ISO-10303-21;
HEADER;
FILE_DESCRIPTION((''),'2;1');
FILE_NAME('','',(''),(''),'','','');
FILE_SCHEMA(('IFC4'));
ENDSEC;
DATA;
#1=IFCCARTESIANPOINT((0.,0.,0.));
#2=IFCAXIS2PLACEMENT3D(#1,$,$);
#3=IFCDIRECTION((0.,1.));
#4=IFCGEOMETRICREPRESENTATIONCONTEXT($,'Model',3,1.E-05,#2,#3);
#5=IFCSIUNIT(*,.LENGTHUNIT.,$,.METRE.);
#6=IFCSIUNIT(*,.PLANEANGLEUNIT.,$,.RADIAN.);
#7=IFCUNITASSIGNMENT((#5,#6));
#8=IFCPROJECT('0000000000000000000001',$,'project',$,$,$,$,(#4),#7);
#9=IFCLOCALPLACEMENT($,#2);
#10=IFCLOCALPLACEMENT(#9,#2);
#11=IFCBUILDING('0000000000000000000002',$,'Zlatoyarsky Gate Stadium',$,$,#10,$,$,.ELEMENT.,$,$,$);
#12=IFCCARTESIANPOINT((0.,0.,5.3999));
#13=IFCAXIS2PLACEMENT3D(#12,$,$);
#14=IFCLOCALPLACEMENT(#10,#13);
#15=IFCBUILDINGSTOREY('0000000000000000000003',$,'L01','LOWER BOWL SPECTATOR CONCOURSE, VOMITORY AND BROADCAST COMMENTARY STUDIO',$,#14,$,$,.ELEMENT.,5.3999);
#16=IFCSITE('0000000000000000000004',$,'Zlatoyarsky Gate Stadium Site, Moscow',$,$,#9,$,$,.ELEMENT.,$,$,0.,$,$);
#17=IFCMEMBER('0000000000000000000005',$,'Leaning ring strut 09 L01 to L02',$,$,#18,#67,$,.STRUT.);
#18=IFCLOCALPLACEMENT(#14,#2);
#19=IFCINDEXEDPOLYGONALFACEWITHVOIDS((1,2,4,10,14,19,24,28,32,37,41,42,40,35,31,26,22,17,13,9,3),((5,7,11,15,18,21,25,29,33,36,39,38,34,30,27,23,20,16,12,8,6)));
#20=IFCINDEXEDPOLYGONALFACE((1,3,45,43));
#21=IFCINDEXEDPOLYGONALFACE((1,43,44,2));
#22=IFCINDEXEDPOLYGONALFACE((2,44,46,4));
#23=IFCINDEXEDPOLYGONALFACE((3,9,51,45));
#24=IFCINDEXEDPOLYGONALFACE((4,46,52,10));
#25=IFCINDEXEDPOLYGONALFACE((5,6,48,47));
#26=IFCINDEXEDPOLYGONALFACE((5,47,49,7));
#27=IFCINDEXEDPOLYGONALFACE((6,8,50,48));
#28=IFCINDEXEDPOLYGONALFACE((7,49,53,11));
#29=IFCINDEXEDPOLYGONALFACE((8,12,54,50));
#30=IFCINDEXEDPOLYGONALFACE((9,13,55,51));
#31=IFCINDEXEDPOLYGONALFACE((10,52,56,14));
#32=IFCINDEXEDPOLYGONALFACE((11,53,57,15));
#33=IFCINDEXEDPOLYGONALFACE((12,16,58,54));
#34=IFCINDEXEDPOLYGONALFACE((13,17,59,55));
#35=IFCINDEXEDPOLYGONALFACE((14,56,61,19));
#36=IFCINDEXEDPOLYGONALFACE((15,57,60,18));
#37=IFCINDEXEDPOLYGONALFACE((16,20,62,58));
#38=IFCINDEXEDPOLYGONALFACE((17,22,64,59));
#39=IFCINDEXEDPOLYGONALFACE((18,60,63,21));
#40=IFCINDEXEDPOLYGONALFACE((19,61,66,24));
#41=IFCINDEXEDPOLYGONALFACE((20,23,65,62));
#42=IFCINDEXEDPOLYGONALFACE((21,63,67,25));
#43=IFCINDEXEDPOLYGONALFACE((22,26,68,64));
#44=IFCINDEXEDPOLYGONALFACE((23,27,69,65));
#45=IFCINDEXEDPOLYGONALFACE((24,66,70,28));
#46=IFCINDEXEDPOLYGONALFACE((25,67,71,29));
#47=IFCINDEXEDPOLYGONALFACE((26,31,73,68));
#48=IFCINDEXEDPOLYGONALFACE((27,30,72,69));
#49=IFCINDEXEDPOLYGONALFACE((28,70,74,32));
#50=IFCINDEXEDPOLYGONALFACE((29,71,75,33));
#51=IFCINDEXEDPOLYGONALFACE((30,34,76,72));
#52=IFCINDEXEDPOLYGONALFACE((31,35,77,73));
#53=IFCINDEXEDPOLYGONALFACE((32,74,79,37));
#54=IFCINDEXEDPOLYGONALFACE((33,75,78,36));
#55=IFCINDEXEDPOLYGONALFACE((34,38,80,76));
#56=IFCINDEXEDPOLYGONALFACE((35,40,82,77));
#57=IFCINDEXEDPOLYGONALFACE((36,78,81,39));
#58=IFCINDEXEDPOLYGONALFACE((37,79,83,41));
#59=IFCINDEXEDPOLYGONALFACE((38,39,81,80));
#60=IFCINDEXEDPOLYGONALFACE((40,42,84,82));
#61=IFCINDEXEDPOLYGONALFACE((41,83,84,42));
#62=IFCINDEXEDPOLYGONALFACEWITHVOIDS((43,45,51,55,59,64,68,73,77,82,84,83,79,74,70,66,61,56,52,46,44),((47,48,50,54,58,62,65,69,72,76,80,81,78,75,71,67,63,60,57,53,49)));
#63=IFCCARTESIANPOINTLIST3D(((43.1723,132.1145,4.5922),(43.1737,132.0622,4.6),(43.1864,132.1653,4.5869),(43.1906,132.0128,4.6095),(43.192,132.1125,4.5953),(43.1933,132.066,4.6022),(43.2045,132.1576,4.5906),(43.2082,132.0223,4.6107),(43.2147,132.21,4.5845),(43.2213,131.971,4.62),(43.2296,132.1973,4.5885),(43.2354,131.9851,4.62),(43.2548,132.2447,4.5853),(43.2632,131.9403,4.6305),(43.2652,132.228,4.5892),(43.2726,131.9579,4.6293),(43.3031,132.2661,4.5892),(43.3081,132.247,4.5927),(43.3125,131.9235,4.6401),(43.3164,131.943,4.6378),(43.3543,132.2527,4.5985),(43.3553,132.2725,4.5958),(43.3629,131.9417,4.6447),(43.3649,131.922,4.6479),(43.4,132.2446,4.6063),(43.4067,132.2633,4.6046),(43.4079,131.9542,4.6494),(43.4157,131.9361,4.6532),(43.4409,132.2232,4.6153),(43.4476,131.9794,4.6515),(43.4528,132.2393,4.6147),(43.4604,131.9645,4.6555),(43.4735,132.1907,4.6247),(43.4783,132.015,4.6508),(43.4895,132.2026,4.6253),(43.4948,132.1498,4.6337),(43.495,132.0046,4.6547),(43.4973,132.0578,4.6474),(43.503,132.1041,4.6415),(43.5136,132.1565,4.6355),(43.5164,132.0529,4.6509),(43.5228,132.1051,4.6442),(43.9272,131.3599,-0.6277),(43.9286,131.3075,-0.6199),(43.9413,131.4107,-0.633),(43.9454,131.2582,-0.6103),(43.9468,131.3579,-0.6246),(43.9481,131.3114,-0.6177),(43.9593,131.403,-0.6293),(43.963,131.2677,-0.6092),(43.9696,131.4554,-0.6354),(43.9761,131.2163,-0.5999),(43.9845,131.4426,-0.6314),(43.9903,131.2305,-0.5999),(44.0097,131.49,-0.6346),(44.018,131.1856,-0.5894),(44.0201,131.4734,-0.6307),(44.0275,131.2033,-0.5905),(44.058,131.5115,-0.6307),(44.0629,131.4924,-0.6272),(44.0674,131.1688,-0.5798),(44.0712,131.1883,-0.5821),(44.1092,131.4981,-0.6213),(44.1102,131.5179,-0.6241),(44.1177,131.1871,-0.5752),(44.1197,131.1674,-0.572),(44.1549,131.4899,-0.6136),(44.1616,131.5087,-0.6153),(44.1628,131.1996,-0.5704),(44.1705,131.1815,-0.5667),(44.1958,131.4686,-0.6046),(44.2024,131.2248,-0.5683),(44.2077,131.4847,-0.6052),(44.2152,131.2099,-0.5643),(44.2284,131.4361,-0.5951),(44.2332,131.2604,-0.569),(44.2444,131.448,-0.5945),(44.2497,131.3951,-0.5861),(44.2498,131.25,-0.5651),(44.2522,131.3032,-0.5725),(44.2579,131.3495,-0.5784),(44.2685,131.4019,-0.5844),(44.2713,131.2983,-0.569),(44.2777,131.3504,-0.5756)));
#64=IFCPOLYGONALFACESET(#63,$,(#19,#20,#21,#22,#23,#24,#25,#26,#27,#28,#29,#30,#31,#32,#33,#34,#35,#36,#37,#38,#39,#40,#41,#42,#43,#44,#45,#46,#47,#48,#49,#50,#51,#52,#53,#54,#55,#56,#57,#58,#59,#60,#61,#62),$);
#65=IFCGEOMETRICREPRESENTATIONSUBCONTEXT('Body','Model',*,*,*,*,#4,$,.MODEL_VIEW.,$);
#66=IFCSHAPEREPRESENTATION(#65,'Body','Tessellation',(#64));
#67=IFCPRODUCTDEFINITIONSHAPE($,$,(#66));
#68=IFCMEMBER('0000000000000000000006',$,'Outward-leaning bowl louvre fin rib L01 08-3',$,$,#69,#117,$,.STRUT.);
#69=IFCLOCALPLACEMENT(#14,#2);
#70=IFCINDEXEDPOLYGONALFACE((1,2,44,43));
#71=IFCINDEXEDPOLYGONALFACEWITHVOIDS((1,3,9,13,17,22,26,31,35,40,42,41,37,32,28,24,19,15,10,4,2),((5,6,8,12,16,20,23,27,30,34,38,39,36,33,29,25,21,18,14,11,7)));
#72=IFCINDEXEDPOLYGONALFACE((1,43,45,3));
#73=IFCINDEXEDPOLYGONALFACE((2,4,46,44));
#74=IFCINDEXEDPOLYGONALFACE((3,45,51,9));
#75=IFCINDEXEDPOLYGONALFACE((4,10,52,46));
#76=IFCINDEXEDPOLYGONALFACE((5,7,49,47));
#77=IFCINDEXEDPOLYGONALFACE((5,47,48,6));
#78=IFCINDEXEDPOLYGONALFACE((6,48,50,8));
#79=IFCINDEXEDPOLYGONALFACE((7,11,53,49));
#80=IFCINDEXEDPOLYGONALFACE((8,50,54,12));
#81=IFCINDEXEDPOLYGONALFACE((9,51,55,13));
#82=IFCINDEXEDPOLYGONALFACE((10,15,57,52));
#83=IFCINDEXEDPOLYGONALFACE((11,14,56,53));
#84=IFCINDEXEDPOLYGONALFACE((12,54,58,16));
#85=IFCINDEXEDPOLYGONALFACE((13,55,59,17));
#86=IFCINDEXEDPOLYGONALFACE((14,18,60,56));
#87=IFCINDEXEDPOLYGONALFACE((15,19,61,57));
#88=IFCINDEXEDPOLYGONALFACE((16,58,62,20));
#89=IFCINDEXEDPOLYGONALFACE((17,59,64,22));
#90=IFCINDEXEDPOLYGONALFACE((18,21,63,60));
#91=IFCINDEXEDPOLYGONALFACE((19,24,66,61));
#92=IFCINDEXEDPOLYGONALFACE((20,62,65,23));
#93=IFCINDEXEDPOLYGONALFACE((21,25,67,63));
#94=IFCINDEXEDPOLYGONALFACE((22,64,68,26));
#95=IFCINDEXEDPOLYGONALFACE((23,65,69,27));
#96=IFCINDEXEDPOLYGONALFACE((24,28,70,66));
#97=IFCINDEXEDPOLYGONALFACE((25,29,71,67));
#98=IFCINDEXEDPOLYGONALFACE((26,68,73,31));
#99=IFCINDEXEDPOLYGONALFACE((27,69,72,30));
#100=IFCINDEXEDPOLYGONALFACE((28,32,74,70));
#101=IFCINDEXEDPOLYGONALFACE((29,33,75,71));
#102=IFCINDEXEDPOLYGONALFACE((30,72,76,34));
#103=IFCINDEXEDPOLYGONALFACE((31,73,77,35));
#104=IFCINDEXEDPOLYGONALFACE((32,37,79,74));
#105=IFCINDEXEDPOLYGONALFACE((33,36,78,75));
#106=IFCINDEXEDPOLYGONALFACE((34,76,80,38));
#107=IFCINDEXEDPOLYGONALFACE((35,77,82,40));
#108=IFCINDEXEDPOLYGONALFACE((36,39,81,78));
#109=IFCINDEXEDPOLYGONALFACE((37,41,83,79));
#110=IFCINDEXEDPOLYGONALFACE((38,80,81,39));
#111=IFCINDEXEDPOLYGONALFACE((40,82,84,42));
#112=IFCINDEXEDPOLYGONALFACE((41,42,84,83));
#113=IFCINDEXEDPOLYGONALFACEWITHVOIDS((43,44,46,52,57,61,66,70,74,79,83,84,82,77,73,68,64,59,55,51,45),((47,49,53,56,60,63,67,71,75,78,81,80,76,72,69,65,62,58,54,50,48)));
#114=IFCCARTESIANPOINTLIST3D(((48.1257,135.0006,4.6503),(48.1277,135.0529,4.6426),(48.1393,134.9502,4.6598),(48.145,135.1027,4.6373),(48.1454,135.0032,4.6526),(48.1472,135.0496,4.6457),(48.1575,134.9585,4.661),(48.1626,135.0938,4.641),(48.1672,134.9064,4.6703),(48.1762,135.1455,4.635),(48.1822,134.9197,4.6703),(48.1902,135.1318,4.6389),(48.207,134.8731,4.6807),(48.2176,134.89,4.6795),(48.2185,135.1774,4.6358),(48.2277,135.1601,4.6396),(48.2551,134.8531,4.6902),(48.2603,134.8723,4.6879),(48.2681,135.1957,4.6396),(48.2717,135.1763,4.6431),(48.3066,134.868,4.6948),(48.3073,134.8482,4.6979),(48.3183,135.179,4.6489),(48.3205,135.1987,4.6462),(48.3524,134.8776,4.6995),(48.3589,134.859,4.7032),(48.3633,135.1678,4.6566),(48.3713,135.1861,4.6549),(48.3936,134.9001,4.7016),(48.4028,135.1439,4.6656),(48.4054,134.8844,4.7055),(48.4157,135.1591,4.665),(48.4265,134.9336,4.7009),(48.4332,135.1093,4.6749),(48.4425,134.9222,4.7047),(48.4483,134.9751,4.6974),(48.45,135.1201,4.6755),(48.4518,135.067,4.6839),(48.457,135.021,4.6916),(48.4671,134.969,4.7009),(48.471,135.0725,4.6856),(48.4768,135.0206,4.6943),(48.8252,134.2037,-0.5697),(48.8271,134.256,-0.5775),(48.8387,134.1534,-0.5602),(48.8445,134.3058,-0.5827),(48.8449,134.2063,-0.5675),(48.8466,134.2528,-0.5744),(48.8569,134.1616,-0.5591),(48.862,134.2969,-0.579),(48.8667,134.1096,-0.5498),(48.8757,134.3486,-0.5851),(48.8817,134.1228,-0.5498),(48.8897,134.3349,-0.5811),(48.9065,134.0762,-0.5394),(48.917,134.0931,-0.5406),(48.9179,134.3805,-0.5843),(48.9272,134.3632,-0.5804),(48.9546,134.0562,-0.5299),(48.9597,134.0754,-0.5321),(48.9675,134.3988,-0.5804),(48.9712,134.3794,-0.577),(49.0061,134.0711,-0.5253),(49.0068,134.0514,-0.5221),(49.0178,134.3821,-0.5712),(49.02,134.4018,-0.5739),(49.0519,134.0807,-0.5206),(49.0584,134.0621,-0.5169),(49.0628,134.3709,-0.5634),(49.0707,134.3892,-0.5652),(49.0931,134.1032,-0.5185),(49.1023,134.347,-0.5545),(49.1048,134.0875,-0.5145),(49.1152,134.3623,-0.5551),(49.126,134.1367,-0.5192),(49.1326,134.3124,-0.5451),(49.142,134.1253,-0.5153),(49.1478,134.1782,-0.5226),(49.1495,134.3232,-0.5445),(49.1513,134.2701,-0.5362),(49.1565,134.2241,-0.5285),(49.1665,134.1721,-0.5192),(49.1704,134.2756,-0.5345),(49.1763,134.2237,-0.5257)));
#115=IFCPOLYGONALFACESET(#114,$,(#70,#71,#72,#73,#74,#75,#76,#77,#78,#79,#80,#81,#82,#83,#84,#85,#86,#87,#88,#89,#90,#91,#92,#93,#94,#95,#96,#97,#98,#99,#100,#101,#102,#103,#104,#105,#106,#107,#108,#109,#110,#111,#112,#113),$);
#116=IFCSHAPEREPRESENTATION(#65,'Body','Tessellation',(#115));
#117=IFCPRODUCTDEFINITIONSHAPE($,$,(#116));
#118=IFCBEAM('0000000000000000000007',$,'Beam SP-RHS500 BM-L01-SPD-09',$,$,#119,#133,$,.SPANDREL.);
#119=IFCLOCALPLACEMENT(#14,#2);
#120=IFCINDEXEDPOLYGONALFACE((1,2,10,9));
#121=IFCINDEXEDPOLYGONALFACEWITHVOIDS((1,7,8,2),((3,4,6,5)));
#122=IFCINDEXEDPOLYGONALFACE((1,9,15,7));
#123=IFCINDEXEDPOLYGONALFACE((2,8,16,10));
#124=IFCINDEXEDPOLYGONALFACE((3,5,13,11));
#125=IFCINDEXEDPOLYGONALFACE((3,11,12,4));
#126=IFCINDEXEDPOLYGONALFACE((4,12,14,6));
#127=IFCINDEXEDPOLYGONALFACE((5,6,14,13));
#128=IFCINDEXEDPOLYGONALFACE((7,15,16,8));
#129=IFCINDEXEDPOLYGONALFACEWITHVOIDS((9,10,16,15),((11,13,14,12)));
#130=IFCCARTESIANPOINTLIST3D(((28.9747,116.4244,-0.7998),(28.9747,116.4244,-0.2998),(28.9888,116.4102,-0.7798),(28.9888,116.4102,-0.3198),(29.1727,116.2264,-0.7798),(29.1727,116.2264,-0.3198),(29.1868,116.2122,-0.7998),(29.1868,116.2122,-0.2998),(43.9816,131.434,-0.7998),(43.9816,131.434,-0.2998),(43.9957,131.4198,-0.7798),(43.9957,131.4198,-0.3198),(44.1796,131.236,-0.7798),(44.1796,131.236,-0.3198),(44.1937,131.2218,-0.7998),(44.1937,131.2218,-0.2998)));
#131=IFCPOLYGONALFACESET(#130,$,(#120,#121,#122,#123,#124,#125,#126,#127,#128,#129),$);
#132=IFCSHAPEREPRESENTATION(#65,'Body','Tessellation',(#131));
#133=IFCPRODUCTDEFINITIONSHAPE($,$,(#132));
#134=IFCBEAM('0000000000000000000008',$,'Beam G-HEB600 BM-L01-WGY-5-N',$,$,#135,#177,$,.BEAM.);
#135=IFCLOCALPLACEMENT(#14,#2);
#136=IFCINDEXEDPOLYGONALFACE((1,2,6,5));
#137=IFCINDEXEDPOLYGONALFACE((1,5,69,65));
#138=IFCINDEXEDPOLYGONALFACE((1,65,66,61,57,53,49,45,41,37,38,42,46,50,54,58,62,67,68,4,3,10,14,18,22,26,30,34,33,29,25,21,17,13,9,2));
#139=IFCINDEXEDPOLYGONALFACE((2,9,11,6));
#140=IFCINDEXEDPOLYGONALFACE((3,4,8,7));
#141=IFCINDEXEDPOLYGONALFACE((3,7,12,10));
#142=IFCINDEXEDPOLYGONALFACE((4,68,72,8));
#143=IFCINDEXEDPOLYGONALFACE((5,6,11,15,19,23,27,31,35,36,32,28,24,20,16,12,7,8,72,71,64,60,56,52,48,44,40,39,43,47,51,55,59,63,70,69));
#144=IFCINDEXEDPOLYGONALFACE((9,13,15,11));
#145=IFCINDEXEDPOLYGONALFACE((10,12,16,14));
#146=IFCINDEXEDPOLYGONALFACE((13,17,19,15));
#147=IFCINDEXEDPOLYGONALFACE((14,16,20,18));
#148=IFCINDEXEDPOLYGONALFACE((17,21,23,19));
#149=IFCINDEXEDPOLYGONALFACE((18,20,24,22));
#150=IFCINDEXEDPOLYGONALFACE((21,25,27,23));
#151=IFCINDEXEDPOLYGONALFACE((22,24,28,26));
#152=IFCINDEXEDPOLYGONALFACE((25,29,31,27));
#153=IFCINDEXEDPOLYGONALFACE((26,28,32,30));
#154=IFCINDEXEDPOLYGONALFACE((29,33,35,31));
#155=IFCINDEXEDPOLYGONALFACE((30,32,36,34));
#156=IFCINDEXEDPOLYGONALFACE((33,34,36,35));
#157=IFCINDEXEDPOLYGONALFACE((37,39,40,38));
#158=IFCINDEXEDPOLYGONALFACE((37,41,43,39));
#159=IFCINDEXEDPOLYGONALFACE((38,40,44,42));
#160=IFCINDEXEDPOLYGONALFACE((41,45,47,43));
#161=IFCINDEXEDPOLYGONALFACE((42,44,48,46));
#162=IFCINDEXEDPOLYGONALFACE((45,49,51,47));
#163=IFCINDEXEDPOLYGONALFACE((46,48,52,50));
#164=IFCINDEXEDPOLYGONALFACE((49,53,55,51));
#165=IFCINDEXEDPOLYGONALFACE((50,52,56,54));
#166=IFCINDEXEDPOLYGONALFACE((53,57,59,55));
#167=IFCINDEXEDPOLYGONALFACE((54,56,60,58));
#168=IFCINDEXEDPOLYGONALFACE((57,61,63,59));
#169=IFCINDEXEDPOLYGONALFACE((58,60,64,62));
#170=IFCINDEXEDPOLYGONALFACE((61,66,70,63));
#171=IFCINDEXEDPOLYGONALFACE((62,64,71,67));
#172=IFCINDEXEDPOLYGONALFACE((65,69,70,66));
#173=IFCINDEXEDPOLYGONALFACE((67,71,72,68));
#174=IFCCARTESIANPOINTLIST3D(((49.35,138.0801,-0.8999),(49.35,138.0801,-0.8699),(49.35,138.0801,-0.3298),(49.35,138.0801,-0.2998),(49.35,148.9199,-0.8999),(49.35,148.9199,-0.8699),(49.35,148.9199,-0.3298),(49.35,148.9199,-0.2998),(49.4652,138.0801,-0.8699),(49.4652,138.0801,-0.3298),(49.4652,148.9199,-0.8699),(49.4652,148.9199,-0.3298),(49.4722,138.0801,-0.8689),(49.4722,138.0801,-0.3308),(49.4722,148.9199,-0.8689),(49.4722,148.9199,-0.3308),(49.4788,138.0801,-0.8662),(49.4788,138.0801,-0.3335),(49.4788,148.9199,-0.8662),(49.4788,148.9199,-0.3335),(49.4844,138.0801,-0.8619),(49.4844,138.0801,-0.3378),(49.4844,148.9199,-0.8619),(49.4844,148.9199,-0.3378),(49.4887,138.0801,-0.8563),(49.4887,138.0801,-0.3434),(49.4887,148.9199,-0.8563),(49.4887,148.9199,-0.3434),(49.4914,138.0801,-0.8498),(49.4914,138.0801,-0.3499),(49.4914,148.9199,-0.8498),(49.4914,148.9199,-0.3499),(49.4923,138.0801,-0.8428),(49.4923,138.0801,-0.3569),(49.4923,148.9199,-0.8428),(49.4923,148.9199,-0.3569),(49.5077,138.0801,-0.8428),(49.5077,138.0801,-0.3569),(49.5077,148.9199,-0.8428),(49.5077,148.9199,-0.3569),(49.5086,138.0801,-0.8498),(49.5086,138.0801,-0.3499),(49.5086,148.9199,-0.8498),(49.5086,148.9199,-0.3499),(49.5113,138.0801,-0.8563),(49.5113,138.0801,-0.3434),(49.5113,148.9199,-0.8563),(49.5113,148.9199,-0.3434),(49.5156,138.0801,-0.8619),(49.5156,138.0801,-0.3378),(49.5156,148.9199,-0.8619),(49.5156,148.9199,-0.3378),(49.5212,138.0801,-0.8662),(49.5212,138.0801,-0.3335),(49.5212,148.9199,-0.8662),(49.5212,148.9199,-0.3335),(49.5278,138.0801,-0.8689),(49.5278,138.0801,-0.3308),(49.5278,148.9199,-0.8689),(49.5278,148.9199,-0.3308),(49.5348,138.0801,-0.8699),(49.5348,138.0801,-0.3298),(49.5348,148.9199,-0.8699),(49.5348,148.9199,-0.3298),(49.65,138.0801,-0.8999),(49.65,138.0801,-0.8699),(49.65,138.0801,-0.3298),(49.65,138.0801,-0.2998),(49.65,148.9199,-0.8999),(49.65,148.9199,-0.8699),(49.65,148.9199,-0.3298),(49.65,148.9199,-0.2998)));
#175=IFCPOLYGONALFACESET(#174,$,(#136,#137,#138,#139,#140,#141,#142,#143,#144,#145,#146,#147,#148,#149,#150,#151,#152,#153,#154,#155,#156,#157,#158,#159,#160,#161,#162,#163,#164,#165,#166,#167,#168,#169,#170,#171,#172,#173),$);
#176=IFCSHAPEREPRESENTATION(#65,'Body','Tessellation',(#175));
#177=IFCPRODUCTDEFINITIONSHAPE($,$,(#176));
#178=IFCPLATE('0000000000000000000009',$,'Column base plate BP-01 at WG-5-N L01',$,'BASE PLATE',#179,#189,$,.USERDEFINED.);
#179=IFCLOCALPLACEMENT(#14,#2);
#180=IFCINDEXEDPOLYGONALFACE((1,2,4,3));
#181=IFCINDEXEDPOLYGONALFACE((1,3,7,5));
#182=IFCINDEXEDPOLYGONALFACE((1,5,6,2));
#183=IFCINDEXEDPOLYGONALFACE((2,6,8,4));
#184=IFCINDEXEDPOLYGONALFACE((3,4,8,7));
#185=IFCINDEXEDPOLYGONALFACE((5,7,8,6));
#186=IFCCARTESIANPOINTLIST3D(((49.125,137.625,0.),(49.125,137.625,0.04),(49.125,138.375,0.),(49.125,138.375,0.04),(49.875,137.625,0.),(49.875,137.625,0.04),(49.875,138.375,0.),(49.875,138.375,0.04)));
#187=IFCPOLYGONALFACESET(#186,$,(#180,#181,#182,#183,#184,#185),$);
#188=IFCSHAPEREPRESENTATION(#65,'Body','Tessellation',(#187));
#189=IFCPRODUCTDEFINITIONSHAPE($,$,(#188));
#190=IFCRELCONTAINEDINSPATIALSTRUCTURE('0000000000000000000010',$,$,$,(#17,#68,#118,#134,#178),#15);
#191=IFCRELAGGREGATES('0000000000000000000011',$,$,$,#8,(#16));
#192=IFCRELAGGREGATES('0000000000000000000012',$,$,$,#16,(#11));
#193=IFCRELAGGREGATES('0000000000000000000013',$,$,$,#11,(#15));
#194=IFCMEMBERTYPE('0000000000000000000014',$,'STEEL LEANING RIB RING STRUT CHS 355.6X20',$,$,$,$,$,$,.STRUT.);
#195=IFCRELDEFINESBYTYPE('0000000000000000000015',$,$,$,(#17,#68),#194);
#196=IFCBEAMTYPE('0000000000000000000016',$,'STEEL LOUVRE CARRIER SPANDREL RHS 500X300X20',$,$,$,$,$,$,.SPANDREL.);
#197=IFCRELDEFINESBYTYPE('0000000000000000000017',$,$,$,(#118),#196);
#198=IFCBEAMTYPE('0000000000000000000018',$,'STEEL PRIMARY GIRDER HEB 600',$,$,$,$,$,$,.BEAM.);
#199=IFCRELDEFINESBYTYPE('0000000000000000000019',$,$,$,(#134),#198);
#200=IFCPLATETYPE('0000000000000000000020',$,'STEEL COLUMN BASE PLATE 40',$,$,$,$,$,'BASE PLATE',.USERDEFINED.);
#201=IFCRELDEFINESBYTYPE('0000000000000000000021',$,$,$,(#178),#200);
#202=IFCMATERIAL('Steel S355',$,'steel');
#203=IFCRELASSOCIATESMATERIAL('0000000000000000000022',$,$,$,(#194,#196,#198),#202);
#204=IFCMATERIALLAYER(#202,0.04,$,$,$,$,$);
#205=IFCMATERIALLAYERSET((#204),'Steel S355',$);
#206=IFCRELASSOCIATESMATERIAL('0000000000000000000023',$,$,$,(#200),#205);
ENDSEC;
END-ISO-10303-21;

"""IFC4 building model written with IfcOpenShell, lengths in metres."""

from ifc_helpers import new_model, si_unit, direction, frame, origin, origin_2d, place, context, subcontext, project, spatial, rectangle, hollow_rectangle, hollow_circle, i_section, extrude, material, layer, layer_set, material_profile, profile_set, type_object, element, save


model = new_model("IFC4")

# Units and contexts
model_context = context("Model", 3, precision=1e-05, world=origin(), true_north=direction((0.0, 1.0)))
body_context = subcontext(model_context, "Body", "Model", "MODEL_VIEW")
ifc_project = project(units=[si_unit("LENGTHUNIT", "METRE"), si_unit("PLANEANGLEUNIT", "RADIAN")], contexts=[model_context])

# Site, building, storey
site_placement = place(None, origin())
site = spatial("IfcSite", under=ifc_project, at=site_placement, Name="Zlatoyarsky Gate Stadium Site, Moscow", CompositionType="ELEMENT", RefElevation=0.0)
building_placement = place(site_placement, origin())
building = spatial("IfcBuilding", under=site, at=building_placement, Name="Zlatoyarsky Gate Stadium", CompositionType="ELEMENT")
storey_placement = place(building_placement, frame((0.0, 0.0, 5.3999)))
storey = spatial("IfcBuildingStorey", under=building, at=storey_placement, Name="L01", Description="LOWER BOWL SPECTATOR CONCOURSE, VOMITORY AND BROADCAST COMMENTARY STUDIO", CompositionType="ELEMENT", Elevation=5.3999)

# Shared definitions
ifc_material_1 = material(Name="Steel S355", Category="steel")

# Members
ifc_material_profile_1 = material_profile(ifc_material_1, hollow_circle(Radius=0.1777, WallThickness=0.02, at=origin_2d()), Name="CHS 355.6X20")
ifc_profile_set_1 = profile_set([ifc_material_profile_1], Name="Steel S355")
member_type_1 = type_object("IfcMemberType", Name="STEEL LEANING RIB RING STRUT CHS 355.6X20", PredefinedType="STRUT", material=ifc_profile_set_1)
member_1_placement = place(storey_placement, frame((44.1018, 131.342, -0.5999), z_axis=(-0.141683, 0.141637, 0.979727), x_axis=(-0.706992, -0.707221, 0.0)))
element("IfcMember", 1, at=member_1_placement, inside=storey, type_object=member_type_1, Name="Leaning ring strut 09 L01 to L02", PredefinedType="STRUT", context=body_context, shape_type="SweptSolid", body=[
    extrude(hollow_circle(Radius=0.1777, WallThickness=0.02, at=origin_2d()), origin(), (0.0, 0.0, 1.0), 5.3279),
])
member_2_placement = place(storey_placement, frame((49.0002, 134.2268, -0.5498), z_axis=(-0.131316, 0.149604, 0.979987), x_axis=(-0.751549, -0.659677, 0.0)))
element("IfcMember", 2, at=member_2_placement, inside=storey, type_object=member_type_1, Name="Outward-leaning bowl louvre fin rib L01 08-3", PredefinedType="STRUT", context=body_context, shape_type="SweptSolid", body=[
    extrude(hollow_circle(Radius=0.1777, WallThickness=0.02, at=origin_2d()), origin(), (0.0, 0.0, 1.0), 5.3267),
])

# Beams
ifc_material_profile_2 = material_profile(ifc_material_1, hollow_rectangle(XDim=0.3, YDim=0.5, WallThickness=0.02, at=origin_2d()), Name="RHS 500X300X20")
ifc_profile_set_2 = profile_set([ifc_material_profile_2], Name="Steel S355")
beam_type_1 = type_object("IfcBeamType", Name="STEEL LOUVRE CARRIER SPANDREL RHS 500X300X20", PredefinedType="SPANDREL", material=ifc_profile_set_2)
beam_1_placement = place(storey_placement, frame((44.0876, 131.3279, -0.5498), z_axis=(-0.707044, -0.70717, 0.0), x_axis=(0.70717, -0.707044, 0.0)))
element("IfcBeam", 3, at=beam_1_placement, inside=storey, type_object=beam_type_1, Name="Beam SP-RHS500 BM-L01-SPD-09", PredefinedType="SPANDREL", context=body_context, shape_type="SweptSolid", body=[
    extrude(hollow_rectangle(XDim=0.3, YDim=0.5, WallThickness=0.02, at=origin_2d()), origin(), (0.0, 0.0, 1.0), 21.2249),
])
ifc_material_profile_3 = material_profile(ifc_material_1, i_section(OverallWidth=0.3, OverallDepth=0.6001, WebThickness=0.0154, FlangeThickness=0.03, FilletRadius=0.0271, at=origin_2d()), Name="HEB 600")
ifc_profile_set_3 = profile_set([ifc_material_profile_3], Name="Steel S355")
beam_type_2 = type_object("IfcBeamType", Name="STEEL PRIMARY GIRDER HEB 600", PredefinedType="BEAM", material=ifc_profile_set_3)
beam_2_placement = place(storey_placement, frame((49.5, 138.0801, -0.5999), z_axis=(0.0, 1.0, 0.0), x_axis=(-1.0, 0.0, 0.0)))
element("IfcBeam", 4, at=beam_2_placement, inside=storey, type_object=beam_type_2, Name="Beam G-HEB600 BM-L01-WGY-5-N", PredefinedType="BEAM", context=body_context, shape_type="SweptSolid", body=[
    extrude(i_section(OverallWidth=0.3, OverallDepth=0.6001, WebThickness=0.0154, FlangeThickness=0.03, FilletRadius=0.0271, at=origin_2d()), origin(), (0.0, 0.0, 1.0), 10.8398),
])

# Plate
ifc_layer_1 = layer(ifc_material_1, 0.04)
ifc_layer_set_1 = layer_set([ifc_layer_1], Name="Steel S355")
plate_type_1 = type_object("IfcPlateType", Name="STEEL COLUMN BASE PLATE 40", ElementType="BASE PLATE", PredefinedType="USERDEFINED", material=ifc_layer_set_1)
plate_1_placement = place(storey_placement, frame((49.5, 138.0, 0.0), z_axis=(0.0, 0.0, 1.0), x_axis=(1.0, 0.0, 0.0)))
element("IfcPlate", 5, at=plate_1_placement, inside=storey, type_object=plate_type_1, Name="Column base plate BP-01 at WG-5-N L01", ObjectType="BASE PLATE", PredefinedType="USERDEFINED", context=body_context, shape_type="SweptSolid", body=[
    extrude(rectangle(XDim=0.75, YDim=0.75, at=origin_2d()), origin(), (0.0, 0.0, 1.0), 0.04),
])

save(model, "model.ifc")
